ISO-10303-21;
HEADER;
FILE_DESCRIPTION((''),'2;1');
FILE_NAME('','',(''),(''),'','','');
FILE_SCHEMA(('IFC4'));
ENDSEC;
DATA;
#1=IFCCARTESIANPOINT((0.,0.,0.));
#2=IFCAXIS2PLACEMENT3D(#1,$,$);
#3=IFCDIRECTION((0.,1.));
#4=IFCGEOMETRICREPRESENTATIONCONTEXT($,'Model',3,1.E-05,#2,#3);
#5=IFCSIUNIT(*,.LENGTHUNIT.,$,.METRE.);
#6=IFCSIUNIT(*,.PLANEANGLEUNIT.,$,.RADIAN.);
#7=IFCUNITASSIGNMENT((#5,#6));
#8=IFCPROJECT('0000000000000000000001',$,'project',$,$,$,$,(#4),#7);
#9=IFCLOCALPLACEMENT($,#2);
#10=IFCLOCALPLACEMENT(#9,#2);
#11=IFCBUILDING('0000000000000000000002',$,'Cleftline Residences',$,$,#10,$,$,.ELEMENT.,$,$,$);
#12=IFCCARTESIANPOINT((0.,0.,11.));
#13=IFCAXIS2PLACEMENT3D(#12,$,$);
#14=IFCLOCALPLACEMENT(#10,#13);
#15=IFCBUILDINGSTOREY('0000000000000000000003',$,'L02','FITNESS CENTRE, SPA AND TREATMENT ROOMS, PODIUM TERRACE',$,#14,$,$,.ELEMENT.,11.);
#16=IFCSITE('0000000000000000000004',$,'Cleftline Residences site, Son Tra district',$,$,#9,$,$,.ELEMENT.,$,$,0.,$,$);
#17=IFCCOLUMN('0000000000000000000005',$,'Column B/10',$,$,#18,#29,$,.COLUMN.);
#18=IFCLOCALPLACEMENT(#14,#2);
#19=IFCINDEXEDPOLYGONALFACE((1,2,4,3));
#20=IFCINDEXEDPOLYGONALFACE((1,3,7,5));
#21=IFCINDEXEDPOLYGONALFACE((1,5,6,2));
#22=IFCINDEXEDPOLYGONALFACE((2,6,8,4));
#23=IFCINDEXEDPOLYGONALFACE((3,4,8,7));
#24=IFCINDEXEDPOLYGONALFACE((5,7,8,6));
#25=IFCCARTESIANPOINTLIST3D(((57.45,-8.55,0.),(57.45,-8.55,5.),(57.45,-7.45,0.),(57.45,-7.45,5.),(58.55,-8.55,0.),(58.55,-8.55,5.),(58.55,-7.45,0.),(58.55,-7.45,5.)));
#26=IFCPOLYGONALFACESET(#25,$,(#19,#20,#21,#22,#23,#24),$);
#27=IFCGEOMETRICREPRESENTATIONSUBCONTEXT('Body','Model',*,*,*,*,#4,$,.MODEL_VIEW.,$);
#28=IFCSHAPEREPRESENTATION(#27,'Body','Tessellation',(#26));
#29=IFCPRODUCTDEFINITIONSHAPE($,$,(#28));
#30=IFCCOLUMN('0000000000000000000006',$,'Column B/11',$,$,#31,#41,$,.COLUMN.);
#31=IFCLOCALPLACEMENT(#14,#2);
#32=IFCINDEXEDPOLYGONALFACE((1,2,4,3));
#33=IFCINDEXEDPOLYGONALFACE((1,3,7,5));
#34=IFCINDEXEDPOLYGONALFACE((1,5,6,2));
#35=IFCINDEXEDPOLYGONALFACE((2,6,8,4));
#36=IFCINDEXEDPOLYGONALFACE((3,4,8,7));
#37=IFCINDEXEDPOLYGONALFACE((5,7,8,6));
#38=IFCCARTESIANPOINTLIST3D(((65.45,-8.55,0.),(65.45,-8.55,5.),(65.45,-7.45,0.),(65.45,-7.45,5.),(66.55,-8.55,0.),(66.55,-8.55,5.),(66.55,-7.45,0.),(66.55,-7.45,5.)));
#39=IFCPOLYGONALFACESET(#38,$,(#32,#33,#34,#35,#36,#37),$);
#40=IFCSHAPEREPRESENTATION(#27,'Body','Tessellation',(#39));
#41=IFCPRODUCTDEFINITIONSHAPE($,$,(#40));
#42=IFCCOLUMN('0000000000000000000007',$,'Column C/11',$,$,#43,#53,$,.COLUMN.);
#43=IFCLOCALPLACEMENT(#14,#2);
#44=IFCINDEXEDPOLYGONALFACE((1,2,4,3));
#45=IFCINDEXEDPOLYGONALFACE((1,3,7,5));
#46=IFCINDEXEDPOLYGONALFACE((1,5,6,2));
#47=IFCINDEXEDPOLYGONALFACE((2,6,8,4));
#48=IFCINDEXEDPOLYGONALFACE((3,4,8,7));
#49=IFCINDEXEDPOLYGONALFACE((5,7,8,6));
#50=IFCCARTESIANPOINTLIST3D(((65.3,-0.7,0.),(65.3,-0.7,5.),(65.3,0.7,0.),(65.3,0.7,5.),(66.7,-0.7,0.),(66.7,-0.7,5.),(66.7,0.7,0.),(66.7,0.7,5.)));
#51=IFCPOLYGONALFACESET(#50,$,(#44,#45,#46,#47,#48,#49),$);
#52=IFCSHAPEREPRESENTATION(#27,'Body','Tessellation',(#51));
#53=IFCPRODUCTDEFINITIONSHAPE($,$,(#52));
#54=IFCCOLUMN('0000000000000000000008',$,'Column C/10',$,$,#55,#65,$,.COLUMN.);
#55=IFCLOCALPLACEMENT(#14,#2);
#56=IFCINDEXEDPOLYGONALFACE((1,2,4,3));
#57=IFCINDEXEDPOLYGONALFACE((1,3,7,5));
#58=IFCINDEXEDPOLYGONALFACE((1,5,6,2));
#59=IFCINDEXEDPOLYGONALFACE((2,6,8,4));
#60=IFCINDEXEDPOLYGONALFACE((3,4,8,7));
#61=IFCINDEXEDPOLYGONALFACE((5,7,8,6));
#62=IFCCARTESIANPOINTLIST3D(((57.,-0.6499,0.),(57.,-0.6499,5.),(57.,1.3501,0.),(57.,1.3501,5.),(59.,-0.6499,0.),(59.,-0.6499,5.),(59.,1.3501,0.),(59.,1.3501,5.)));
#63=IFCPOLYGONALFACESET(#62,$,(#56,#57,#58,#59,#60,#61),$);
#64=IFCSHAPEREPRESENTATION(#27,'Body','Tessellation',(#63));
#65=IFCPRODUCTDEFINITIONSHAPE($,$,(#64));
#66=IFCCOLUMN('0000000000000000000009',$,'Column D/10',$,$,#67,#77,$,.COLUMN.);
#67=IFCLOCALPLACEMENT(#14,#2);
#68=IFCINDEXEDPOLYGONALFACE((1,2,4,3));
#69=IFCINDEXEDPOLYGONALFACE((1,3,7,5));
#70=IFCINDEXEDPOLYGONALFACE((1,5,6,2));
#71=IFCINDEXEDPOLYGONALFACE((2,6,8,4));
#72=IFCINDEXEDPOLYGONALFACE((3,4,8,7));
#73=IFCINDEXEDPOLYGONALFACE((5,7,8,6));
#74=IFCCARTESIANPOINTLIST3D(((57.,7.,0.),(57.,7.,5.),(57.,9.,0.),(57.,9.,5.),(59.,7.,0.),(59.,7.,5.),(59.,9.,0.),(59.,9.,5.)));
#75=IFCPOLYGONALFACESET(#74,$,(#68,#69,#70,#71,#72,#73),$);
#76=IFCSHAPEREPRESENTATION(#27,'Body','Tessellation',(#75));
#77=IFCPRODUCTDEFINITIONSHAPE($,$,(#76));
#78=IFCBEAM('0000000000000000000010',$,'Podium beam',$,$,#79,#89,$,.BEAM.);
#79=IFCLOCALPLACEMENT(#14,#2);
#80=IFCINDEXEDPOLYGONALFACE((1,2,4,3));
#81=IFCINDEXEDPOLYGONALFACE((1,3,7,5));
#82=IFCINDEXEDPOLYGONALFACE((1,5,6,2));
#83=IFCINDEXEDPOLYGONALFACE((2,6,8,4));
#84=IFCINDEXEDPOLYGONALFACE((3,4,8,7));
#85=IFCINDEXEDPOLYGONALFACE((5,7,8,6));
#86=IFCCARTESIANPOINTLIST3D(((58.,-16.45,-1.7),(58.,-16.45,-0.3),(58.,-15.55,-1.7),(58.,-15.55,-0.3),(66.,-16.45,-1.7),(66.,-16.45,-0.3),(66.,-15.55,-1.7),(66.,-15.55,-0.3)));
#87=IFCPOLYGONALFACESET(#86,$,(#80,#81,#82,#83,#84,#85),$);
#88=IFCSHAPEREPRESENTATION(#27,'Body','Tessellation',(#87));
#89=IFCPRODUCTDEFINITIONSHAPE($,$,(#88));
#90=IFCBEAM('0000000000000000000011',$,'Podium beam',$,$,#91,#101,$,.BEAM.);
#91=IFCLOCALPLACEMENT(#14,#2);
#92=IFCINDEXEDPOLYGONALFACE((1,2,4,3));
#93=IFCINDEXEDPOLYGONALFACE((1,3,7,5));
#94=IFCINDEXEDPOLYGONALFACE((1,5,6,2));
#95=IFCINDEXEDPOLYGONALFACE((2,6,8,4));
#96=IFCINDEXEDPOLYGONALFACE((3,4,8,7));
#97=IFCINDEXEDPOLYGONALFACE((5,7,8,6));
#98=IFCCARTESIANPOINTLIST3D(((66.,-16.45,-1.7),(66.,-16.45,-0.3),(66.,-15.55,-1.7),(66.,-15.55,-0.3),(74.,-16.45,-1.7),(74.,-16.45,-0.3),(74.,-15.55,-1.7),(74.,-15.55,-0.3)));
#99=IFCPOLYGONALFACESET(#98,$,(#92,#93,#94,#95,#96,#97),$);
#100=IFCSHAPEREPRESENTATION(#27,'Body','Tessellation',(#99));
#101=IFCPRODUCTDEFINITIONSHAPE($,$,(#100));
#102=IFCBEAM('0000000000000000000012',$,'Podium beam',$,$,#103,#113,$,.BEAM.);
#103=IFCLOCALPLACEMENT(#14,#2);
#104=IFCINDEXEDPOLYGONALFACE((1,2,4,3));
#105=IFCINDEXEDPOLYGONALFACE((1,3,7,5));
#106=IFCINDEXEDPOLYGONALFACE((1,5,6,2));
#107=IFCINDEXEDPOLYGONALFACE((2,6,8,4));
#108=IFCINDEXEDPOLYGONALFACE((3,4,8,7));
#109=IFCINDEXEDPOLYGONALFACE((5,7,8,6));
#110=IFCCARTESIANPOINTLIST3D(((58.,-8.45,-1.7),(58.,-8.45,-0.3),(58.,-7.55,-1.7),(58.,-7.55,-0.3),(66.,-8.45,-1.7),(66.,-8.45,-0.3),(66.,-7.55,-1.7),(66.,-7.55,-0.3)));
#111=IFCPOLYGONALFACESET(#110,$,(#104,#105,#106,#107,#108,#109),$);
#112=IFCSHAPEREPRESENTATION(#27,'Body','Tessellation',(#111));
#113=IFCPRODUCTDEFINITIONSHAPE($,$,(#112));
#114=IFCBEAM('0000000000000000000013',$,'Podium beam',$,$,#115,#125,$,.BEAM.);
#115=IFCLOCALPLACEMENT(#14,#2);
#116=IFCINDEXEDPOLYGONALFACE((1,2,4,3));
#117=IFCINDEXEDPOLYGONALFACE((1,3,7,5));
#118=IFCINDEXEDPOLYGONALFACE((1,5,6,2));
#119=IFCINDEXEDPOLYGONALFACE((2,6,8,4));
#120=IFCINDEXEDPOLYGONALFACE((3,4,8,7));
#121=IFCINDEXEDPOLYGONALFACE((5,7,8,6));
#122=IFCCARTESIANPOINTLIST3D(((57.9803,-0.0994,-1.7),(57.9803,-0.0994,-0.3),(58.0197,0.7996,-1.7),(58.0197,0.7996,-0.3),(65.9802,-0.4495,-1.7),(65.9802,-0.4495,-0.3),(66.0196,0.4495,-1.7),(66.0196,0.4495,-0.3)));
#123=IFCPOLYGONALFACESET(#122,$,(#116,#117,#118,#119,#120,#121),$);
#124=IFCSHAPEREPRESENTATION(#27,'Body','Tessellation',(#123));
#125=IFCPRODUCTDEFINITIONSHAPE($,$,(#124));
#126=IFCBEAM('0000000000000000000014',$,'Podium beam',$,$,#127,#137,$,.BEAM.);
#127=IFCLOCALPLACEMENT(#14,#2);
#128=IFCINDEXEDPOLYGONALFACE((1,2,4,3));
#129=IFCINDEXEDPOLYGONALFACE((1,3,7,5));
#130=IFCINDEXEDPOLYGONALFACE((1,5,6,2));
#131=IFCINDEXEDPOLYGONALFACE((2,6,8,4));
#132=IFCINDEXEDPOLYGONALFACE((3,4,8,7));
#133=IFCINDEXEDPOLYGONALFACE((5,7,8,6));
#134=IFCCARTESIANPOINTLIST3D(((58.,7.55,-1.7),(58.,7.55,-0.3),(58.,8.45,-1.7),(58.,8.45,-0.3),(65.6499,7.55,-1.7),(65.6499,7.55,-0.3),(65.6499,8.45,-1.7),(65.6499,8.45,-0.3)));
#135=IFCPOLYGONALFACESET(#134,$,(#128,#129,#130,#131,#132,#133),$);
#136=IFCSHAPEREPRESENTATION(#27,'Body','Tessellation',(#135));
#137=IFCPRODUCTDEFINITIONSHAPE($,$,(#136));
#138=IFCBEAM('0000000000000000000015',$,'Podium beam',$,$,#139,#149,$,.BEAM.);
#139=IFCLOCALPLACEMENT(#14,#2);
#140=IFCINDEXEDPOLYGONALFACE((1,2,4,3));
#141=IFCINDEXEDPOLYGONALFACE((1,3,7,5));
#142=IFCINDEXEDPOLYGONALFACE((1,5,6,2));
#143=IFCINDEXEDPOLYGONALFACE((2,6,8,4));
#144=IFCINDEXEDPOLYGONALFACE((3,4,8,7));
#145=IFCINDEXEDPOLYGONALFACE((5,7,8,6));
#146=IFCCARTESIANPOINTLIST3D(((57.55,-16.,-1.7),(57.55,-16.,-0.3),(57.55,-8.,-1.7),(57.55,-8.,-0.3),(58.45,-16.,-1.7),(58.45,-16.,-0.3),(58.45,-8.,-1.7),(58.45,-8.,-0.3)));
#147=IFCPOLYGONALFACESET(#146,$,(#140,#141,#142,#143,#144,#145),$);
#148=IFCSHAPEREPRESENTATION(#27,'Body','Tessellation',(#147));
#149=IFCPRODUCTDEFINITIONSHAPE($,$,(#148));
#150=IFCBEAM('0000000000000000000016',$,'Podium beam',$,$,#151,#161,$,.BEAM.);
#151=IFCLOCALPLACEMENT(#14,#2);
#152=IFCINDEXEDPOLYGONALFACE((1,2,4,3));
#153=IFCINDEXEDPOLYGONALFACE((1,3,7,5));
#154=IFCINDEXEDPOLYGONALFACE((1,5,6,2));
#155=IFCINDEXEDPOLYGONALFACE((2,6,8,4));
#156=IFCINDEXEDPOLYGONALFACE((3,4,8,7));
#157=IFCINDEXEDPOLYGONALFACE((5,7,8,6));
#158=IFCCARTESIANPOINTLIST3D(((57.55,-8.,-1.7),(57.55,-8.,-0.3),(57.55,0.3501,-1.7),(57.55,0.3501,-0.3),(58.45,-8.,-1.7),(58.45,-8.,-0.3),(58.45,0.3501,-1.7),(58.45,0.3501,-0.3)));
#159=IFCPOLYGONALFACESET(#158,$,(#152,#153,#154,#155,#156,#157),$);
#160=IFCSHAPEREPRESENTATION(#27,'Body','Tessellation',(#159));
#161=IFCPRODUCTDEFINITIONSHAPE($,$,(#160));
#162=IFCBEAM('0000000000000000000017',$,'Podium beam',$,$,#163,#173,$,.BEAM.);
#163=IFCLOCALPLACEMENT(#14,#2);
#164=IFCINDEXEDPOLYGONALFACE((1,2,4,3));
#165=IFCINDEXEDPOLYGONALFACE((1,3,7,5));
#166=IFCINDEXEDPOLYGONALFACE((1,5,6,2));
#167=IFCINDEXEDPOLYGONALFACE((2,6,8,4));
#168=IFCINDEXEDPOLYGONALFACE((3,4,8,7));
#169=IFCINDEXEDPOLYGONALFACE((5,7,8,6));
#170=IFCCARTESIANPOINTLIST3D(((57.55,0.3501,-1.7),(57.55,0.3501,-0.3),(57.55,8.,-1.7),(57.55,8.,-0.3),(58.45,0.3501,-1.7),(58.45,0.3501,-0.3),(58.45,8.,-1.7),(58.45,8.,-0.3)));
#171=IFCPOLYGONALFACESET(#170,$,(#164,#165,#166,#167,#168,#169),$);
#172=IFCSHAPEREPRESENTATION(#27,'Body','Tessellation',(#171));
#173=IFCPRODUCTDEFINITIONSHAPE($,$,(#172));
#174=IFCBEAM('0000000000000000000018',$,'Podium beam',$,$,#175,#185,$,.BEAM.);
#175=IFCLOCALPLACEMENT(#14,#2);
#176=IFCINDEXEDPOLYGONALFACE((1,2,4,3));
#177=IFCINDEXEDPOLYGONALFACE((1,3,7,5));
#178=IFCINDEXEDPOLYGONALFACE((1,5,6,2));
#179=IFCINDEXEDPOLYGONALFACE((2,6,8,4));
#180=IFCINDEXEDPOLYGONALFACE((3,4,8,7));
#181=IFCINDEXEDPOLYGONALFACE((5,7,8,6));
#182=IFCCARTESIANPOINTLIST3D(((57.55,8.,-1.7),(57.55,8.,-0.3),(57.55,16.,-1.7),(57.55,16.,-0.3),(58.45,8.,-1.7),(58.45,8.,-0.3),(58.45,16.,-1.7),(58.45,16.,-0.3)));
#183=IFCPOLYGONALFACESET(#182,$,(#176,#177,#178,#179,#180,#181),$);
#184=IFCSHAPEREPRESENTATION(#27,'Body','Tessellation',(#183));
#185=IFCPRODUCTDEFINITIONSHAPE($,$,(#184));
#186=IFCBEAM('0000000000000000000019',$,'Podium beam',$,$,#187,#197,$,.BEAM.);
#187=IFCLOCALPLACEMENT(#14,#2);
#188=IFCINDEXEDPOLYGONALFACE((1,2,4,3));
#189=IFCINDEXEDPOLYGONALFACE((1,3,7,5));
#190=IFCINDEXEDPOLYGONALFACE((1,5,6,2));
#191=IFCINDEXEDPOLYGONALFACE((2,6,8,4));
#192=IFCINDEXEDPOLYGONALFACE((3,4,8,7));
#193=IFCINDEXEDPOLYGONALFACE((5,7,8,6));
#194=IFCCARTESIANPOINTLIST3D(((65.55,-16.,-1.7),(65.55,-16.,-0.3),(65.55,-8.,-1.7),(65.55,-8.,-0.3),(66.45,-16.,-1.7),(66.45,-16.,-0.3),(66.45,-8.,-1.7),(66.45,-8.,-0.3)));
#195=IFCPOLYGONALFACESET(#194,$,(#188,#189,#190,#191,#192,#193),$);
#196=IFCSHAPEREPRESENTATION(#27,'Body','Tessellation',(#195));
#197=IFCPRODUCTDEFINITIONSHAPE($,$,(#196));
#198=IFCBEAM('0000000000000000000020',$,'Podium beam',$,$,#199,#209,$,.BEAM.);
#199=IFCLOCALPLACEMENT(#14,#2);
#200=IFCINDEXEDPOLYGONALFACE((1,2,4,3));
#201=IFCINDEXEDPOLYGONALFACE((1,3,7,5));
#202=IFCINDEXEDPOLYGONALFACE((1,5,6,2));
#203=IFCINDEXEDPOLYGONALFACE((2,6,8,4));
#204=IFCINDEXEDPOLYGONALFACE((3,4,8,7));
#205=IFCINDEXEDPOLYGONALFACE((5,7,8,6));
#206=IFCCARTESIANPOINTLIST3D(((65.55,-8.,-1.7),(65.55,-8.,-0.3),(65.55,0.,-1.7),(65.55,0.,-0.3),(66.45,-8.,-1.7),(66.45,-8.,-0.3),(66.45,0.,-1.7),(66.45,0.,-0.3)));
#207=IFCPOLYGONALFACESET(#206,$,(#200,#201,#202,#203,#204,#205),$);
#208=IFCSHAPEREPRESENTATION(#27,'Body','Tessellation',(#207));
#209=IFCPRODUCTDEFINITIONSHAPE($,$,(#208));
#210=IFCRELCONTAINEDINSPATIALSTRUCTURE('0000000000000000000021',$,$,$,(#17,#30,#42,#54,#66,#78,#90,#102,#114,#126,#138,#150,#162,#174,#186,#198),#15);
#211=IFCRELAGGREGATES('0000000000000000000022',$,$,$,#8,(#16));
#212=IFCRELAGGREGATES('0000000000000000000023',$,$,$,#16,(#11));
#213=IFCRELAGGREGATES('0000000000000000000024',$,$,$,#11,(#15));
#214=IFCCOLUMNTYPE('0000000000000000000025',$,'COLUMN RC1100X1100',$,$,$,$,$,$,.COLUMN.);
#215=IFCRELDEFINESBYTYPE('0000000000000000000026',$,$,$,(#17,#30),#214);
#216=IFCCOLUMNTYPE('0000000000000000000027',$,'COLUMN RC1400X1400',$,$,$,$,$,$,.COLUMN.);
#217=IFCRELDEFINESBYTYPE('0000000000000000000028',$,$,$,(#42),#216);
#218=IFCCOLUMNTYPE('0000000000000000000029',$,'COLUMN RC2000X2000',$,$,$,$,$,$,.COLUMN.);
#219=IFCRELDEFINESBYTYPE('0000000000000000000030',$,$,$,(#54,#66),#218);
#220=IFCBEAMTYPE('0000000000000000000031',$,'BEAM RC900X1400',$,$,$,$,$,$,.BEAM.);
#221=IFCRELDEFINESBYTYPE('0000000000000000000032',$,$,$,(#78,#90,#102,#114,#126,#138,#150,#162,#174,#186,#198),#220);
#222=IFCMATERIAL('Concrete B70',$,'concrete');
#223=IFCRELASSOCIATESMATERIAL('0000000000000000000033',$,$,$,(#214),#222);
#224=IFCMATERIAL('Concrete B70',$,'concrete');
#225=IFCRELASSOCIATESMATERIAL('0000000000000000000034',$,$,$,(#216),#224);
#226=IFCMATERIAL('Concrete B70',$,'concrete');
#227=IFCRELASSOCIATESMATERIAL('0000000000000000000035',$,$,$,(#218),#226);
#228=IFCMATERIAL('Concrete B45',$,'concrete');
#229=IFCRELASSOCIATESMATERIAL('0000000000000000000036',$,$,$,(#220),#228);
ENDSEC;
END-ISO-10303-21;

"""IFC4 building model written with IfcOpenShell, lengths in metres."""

from ifc_helpers import new_model, si_unit, direction, frame, origin, origin_2d, place, context, subcontext, project, spatial, rectangle, extrude, material, material_profile, profile_set, type_object, element, save


model = new_model("IFC4")

# Units and contexts
model_context = context("Model", 3, precision=1e-05, world=origin(), true_north=direction((0.0, 1.0)))
body_context = subcontext(model_context, "Body", "Model", "MODEL_VIEW")
ifc_project = project(units=[si_unit("LENGTHUNIT", "METRE"), si_unit("PLANEANGLEUNIT", "RADIAN")], contexts=[model_context])

# Site, building, storey
site_placement = place(None, origin())
site = spatial("IfcSite", under=ifc_project, at=site_placement, Name="Cleftline Residences site, Son Tra district", CompositionType="ELEMENT", RefElevation=0.0)
building_placement = place(site_placement, origin())
building = spatial("IfcBuilding", under=site, at=building_placement, Name="Cleftline Residences", CompositionType="ELEMENT")
storey_placement = place(building_placement, frame((0.0, 0.0, 11.0)))
storey = spatial("IfcBuildingStorey", under=building, at=storey_placement, Name="L02", Description="FITNESS CENTRE, SPA AND TREATMENT ROOMS, PODIUM TERRACE", CompositionType="ELEMENT", Elevation=11.0)

# Columns
ifc_material_1 = material(Name="Concrete B70", Category="concrete")
ifc_material_profile_1 = material_profile(ifc_material_1, rectangle(XDim=1.1001, YDim=1.1001, at=origin_2d()))
ifc_profile_set_1 = profile_set([ifc_material_profile_1], Name="Concrete B70")
column_type_1 = type_object("IfcColumnType", Name="COLUMN RC1100X1100", PredefinedType="COLUMN", material=ifc_profile_set_1)
for number, where, z_axis, x_axis, name in (
    (1, (58.0, -8.0, 0.0), (0.0, 0.0, 1.0), (1.0, 0.0, 0.0), "Column B/10"),
    (2, (66.0, -8.0, 0.0), (0.0, 0.0, 1.0), (1.0, 0.0, 0.0), "Column B/11"),
):
    element("IfcColumn", number, at=place(storey_placement, frame(where, z_axis=z_axis, x_axis=x_axis)), inside=storey, type_object=column_type_1, Name=name, PredefinedType="COLUMN", context=body_context, shape_type="SweptSolid", body=[
        extrude(rectangle(XDim=1.1001, YDim=1.1001, at=origin_2d()), origin(), (0.0, 0.0, 1.0), 5.0),
    ])
ifc_material_2 = material(Name="Concrete B70", Category="concrete")
ifc_material_profile_2 = material_profile(ifc_material_2, rectangle(XDim=1.3999, YDim=1.3999, at=origin_2d()))
ifc_profile_set_2 = profile_set([ifc_material_profile_2], Name="Concrete B70")
column_type_2 = type_object("IfcColumnType", Name="COLUMN RC1400X1400", PredefinedType="COLUMN", material=ifc_profile_set_2)
column_placement = place(storey_placement, frame((66.0, 0.0, 0.0), z_axis=(0.0, 0.0, 1.0), x_axis=(1.0, 0.0, 0.0)))
element("IfcColumn", 3, at=column_placement, inside=storey, type_object=column_type_2, Name="Column C/11", PredefinedType="COLUMN", context=body_context, shape_type="SweptSolid", body=[
    extrude(rectangle(XDim=1.3999, YDim=1.3999, at=origin_2d()), origin(), (0.0, 0.0, 1.0), 5.0),
])
ifc_material_3 = material(Name="Concrete B70", Category="concrete")
ifc_material_profile_3 = material_profile(ifc_material_3, rectangle(XDim=2.0, YDim=2.0, at=origin_2d()))
ifc_profile_set_3 = profile_set([ifc_material_profile_3], Name="Concrete B70")
column_type_3 = type_object("IfcColumnType", Name="COLUMN RC2000X2000", PredefinedType="COLUMN", material=ifc_profile_set_3)
for number, where, z_axis, x_axis, name in (
    (4, (58.0, 0.3501, 0.0), (0.0, 0.0, 1.0), (1.0, 0.0, 0.0), "Column C/10"),
    (5, (58.0, 8.0, 0.0), (0.0, 0.0, 1.0), (1.0, 0.0, 0.0), "Column D/10"),
):
    element("IfcColumn", number, at=place(storey_placement, frame(where, z_axis=z_axis, x_axis=x_axis)), inside=storey, type_object=column_type_3, Name=name, PredefinedType="COLUMN", context=body_context, shape_type="SweptSolid", body=[
        extrude(rectangle(XDim=2.0, YDim=2.0, at=origin_2d()), origin(), (0.0, 0.0, 1.0), 5.0),
    ])

# Beams
ifc_material_4 = material(Name="Concrete B45", Category="concrete")
ifc_material_profile_4 = material_profile(ifc_material_4, rectangle(XDim=0.8999, YDim=1.3999, at=origin_2d()))
ifc_profile_set_4 = profile_set([ifc_material_profile_4], Name="Concrete B45")
beam_type = type_object("IfcBeamType", Name="BEAM RC900X1400", PredefinedType="BEAM", material=ifc_profile_set_4)
for number, where, z_axis, x_axis, name in (
    (6, (58.0, -16.0, -1.0), (1.0, 0.0, 0.0), (0.0, 1.0, 0.0), "Podium beam"),
    (7, (66.0, -16.0, -1.0), (1.0, 0.0, 0.0), (0.0, 1.0, 0.0), "Podium beam"),
    (8, (58.0, -8.0, -1.0), (1.0, 0.0, 0.0), (0.0, 1.0, 0.0), "Podium beam"),
):
    element("IfcBeam", number, at=place(storey_placement, frame(where, z_axis=z_axis, x_axis=x_axis)), inside=storey, type_object=beam_type, Name=name, PredefinedType="BEAM", context=body_context, shape_type="SweptSolid", body=[
        extrude(rectangle(XDim=0.8999, YDim=1.3999, at=origin_2d()), origin(), (0.0, 0.0, 1.0), 8.0),
    ])
beam_1_placement = place(storey_placement, frame((58.0, 0.3501, -1.0), z_axis=(0.999044, -0.04372, 0.0), x_axis=(0.04372, 0.999044, 0.0)))
element("IfcBeam", 9, at=beam_1_placement, inside=storey, type_object=beam_type, Name="Podium beam", PredefinedType="BEAM", context=body_context, shape_type="SweptSolid", body=[
    extrude(rectangle(XDim=0.8999, YDim=1.3999, at=origin_2d()), origin(), (0.0, 0.0, 1.0), 8.0076),
])
beam_2_placement = place(storey_placement, frame((58.0, 8.0, -1.0), z_axis=(1.0, 0.0, 0.0), x_axis=(0.0, 1.0, 0.0)))
element("IfcBeam", 10, at=beam_2_placement, inside=storey, type_object=beam_type, Name="Podium beam", PredefinedType="BEAM", context=body_context, shape_type="SweptSolid", body=[
    extrude(rectangle(XDim=0.8999, YDim=1.3999, at=origin_2d()), origin(), (0.0, 0.0, 1.0), 7.6499),
])
beam_3_placement = place(storey_placement, frame((58.0, -16.0, -1.0), z_axis=(0.0, 1.0, 0.0), x_axis=(-1.0, 0.0, 0.0)))
element("IfcBeam", 11, at=beam_3_placement, inside=storey, type_object=beam_type, Name="Podium beam", PredefinedType="BEAM", context=body_context, shape_type="SweptSolid", body=[
    extrude(rectangle(XDim=0.8999, YDim=1.3999, at=origin_2d()), origin(), (0.0, 0.0, 1.0), 8.0),
])
beam_4_placement = place(storey_placement, frame((58.0, -8.0, -1.0), z_axis=(0.0, 1.0, 0.0), x_axis=(-1.0, 0.0, 0.0)))
element("IfcBeam", 12, at=beam_4_placement, inside=storey, type_object=beam_type, Name="Podium beam", PredefinedType="BEAM", context=body_context, shape_type="SweptSolid", body=[
    extrude(rectangle(XDim=0.8999, YDim=1.3999, at=origin_2d()), origin(), (0.0, 0.0, 1.0), 8.3501),
])
beam_5_placement = place(storey_placement, frame((58.0, 0.3501, -1.0), z_axis=(0.0, 1.0, 0.0), x_axis=(-1.0, 0.0, 0.0)))
element("IfcBeam", 13, at=beam_5_placement, inside=storey, type_object=beam_type, Name="Podium beam", PredefinedType="BEAM", context=body_context, shape_type="SweptSolid", body=[
    extrude(rectangle(XDim=0.8999, YDim=1.3999, at=origin_2d()), origin(), (0.0, 0.0, 1.0), 7.6499),
])
for number, where, z_axis, x_axis, name in (
    (14, (58.0, 8.0, -1.0), (0.0, 1.0, 0.0), (-1.0, 0.0, 0.0), "Podium beam"),
    (15, (66.0, -16.0, -1.0), (0.0, 1.0, 0.0), (-1.0, 0.0, 0.0), "Podium beam"),
    (16, (66.0, -8.0, -1.0), (0.0, 1.0, 0.0), (-1.0, 0.0, 0.0), "Podium beam"),
):
    element("IfcBeam", number, at=place(storey_placement, frame(where, z_axis=z_axis, x_axis=x_axis)), inside=storey, type_object=beam_type, Name=name, PredefinedType="BEAM", context=body_context, shape_type="SweptSolid", body=[
        extrude(rectangle(XDim=0.8999, YDim=1.3999, at=origin_2d()), origin(), (0.0, 0.0, 1.0), 8.0),
    ])

save(model, "model.ifc")
